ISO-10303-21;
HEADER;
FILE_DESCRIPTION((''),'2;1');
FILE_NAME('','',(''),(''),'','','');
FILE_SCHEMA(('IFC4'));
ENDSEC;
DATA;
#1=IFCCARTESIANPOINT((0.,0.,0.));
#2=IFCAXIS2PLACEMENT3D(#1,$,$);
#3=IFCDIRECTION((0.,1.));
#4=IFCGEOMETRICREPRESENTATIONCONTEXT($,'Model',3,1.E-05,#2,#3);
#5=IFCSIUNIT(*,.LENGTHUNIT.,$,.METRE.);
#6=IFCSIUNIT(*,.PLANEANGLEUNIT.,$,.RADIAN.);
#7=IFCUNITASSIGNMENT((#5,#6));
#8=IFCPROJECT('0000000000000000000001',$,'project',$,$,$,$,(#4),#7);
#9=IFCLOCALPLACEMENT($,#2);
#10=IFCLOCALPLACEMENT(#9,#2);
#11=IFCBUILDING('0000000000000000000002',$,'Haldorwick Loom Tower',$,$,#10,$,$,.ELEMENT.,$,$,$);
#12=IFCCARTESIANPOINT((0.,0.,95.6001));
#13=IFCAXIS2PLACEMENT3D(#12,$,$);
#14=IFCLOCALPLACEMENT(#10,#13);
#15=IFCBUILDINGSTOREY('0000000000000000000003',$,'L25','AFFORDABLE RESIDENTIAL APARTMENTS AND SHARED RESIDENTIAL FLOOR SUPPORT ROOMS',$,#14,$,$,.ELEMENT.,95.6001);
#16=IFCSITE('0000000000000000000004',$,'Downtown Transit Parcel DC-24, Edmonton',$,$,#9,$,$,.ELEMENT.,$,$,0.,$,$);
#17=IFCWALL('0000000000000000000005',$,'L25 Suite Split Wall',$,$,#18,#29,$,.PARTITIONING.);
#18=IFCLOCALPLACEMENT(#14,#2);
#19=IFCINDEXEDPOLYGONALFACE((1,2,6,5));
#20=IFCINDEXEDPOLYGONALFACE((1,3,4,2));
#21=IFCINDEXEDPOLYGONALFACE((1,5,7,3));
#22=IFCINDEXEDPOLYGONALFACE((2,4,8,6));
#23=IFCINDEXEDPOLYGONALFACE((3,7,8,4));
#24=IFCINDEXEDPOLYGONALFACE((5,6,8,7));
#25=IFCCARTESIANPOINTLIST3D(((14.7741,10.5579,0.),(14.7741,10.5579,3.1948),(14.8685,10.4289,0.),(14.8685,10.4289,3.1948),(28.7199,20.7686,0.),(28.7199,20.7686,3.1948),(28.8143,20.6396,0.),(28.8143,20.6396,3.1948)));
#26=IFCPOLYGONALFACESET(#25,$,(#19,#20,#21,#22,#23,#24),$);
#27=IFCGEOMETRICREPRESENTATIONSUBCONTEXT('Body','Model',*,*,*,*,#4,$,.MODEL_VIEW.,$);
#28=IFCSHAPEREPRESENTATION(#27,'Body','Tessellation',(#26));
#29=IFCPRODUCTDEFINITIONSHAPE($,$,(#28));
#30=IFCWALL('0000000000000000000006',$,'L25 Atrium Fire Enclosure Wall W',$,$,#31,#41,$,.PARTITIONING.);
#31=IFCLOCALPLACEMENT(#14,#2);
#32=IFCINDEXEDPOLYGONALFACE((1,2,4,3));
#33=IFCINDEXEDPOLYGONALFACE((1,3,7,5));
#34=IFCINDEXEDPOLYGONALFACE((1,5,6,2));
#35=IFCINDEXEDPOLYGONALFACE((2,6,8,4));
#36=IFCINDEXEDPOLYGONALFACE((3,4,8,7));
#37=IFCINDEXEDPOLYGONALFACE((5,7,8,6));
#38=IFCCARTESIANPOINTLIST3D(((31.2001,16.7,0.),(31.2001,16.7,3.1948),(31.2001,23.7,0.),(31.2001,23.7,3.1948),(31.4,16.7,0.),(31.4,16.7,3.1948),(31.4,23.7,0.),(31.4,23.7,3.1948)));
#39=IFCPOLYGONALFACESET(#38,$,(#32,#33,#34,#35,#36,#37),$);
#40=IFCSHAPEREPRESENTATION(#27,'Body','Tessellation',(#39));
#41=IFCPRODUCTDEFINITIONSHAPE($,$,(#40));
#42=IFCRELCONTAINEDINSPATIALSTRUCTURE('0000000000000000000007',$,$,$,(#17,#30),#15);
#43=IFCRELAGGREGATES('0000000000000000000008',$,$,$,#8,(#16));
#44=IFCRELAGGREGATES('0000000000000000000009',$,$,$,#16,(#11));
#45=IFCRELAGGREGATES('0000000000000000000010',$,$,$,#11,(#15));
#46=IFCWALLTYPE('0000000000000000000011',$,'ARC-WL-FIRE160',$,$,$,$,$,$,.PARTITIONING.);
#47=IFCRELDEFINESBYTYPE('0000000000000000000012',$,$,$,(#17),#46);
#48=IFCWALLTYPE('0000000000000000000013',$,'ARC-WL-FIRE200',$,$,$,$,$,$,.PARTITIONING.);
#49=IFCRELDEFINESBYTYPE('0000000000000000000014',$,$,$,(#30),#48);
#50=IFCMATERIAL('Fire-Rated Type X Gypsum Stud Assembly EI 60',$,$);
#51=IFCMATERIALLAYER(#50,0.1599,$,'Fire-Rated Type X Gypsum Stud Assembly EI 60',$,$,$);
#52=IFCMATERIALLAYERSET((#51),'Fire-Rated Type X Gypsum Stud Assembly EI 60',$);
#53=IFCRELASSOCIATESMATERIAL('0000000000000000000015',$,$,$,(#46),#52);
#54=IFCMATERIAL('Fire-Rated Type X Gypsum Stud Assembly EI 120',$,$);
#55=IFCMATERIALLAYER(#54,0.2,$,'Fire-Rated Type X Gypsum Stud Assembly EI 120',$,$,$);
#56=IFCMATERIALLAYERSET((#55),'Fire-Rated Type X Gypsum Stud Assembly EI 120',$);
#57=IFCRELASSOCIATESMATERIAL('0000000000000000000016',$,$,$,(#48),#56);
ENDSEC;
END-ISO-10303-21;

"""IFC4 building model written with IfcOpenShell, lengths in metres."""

from ifc_helpers import new_model, si_unit, direction, frame, frame_2d, origin, place, context, subcontext, project, spatial, rectangle, extrude, material, layer, layer_set, type_object, element, save


model = new_model("IFC4")

# Units and contexts
model_context = context("Model", 3, precision=1e-05, world=origin(), true_north=direction((0.0, 1.0)))
body_context = subcontext(model_context, "Body", "Model", "MODEL_VIEW")
ifc_project = project(units=[si_unit("LENGTHUNIT", "METRE"), si_unit("PLANEANGLEUNIT", "RADIAN")], contexts=[model_context])

# Site, building, storey
site_placement = place(None, origin())
site = spatial("IfcSite", under=ifc_project, at=site_placement, Name="Downtown Transit Parcel DC-24, Edmonton", CompositionType="ELEMENT", RefElevation=0.0)
building_placement = place(site_placement, origin())
building = spatial("IfcBuilding", under=site, at=building_placement, Name="Haldorwick Loom Tower", CompositionType="ELEMENT")
storey_placement = place(building_placement, frame((0.0, 0.0, 95.6001)))
storey = spatial("IfcBuildingStorey", under=building, at=storey_placement, Name="L25", Description="AFFORDABLE RESIDENTIAL APARTMENTS AND SHARED RESIDENTIAL FLOOR SUPPORT ROOMS", CompositionType="ELEMENT", Elevation=95.6001)

# Shared definitions
ifc_material_1 = material(Name="Fire-Rated Type X Gypsum Stud Assembly EI 60")
ifc_layer_1 = layer(ifc_material_1, 0.1599, Name="Fire-Rated Type X Gypsum Stud Assembly EI 60")
ifc_layer_set_1 = layer_set([ifc_layer_1], Name="Fire-Rated Type X Gypsum Stud Assembly EI 60")
wall_type_1 = type_object("IfcWallType", Name="ARC-WL-FIRE160", PredefinedType="PARTITIONING", material=ifc_layer_set_1)

# Walls
wall_1_placement = place(storey_placement, frame((28.7671, 20.7041, 0.0), z_axis=(0.0, 0.0, 1.0), x_axis=(-0.806852, -0.590753, 0.0)))
element("IfcWall", 1, at=wall_1_placement, inside=storey, type_object=wall_type_1, Name="L25 Suite Split Wall", PredefinedType="PARTITIONING", context=body_context, shape_type="SweptSolid", body=[
    extrude(rectangle(XDim=17.2842, YDim=0.1599, at=frame_2d((8.6421, 0.0))), origin(), (0.0, 0.0, 1.0), 3.1948),
])
ifc_material_2 = material(Name="Fire-Rated Type X Gypsum Stud Assembly EI 120")
ifc_layer_2 = layer(ifc_material_2, 0.2, Name="Fire-Rated Type X Gypsum Stud Assembly EI 120")
ifc_layer_set_2 = layer_set([ifc_layer_2], Name="Fire-Rated Type X Gypsum Stud Assembly EI 120")
wall_type_2 = type_object("IfcWallType", Name="ARC-WL-FIRE200", PredefinedType="PARTITIONING", material=ifc_layer_set_2)
wall_2_placement = place(storey_placement, frame((31.3, 16.7, 0.0), z_axis=(0.0, 0.0, 1.0), x_axis=(0.0, 1.0, 0.0)))
element("IfcWall", 2, at=wall_2_placement, inside=storey, type_object=wall_type_2, Name="L25 Atrium Fire Enclosure Wall W", PredefinedType="PARTITIONING", context=body_context, shape_type="SweptSolid", body=[
    extrude(rectangle(XDim=7.0, YDim=0.2, at=frame_2d((3.5, 0.0))), origin(), (0.0, 0.0, 1.0), 3.1948),
])

save(model, "model.ifc")
